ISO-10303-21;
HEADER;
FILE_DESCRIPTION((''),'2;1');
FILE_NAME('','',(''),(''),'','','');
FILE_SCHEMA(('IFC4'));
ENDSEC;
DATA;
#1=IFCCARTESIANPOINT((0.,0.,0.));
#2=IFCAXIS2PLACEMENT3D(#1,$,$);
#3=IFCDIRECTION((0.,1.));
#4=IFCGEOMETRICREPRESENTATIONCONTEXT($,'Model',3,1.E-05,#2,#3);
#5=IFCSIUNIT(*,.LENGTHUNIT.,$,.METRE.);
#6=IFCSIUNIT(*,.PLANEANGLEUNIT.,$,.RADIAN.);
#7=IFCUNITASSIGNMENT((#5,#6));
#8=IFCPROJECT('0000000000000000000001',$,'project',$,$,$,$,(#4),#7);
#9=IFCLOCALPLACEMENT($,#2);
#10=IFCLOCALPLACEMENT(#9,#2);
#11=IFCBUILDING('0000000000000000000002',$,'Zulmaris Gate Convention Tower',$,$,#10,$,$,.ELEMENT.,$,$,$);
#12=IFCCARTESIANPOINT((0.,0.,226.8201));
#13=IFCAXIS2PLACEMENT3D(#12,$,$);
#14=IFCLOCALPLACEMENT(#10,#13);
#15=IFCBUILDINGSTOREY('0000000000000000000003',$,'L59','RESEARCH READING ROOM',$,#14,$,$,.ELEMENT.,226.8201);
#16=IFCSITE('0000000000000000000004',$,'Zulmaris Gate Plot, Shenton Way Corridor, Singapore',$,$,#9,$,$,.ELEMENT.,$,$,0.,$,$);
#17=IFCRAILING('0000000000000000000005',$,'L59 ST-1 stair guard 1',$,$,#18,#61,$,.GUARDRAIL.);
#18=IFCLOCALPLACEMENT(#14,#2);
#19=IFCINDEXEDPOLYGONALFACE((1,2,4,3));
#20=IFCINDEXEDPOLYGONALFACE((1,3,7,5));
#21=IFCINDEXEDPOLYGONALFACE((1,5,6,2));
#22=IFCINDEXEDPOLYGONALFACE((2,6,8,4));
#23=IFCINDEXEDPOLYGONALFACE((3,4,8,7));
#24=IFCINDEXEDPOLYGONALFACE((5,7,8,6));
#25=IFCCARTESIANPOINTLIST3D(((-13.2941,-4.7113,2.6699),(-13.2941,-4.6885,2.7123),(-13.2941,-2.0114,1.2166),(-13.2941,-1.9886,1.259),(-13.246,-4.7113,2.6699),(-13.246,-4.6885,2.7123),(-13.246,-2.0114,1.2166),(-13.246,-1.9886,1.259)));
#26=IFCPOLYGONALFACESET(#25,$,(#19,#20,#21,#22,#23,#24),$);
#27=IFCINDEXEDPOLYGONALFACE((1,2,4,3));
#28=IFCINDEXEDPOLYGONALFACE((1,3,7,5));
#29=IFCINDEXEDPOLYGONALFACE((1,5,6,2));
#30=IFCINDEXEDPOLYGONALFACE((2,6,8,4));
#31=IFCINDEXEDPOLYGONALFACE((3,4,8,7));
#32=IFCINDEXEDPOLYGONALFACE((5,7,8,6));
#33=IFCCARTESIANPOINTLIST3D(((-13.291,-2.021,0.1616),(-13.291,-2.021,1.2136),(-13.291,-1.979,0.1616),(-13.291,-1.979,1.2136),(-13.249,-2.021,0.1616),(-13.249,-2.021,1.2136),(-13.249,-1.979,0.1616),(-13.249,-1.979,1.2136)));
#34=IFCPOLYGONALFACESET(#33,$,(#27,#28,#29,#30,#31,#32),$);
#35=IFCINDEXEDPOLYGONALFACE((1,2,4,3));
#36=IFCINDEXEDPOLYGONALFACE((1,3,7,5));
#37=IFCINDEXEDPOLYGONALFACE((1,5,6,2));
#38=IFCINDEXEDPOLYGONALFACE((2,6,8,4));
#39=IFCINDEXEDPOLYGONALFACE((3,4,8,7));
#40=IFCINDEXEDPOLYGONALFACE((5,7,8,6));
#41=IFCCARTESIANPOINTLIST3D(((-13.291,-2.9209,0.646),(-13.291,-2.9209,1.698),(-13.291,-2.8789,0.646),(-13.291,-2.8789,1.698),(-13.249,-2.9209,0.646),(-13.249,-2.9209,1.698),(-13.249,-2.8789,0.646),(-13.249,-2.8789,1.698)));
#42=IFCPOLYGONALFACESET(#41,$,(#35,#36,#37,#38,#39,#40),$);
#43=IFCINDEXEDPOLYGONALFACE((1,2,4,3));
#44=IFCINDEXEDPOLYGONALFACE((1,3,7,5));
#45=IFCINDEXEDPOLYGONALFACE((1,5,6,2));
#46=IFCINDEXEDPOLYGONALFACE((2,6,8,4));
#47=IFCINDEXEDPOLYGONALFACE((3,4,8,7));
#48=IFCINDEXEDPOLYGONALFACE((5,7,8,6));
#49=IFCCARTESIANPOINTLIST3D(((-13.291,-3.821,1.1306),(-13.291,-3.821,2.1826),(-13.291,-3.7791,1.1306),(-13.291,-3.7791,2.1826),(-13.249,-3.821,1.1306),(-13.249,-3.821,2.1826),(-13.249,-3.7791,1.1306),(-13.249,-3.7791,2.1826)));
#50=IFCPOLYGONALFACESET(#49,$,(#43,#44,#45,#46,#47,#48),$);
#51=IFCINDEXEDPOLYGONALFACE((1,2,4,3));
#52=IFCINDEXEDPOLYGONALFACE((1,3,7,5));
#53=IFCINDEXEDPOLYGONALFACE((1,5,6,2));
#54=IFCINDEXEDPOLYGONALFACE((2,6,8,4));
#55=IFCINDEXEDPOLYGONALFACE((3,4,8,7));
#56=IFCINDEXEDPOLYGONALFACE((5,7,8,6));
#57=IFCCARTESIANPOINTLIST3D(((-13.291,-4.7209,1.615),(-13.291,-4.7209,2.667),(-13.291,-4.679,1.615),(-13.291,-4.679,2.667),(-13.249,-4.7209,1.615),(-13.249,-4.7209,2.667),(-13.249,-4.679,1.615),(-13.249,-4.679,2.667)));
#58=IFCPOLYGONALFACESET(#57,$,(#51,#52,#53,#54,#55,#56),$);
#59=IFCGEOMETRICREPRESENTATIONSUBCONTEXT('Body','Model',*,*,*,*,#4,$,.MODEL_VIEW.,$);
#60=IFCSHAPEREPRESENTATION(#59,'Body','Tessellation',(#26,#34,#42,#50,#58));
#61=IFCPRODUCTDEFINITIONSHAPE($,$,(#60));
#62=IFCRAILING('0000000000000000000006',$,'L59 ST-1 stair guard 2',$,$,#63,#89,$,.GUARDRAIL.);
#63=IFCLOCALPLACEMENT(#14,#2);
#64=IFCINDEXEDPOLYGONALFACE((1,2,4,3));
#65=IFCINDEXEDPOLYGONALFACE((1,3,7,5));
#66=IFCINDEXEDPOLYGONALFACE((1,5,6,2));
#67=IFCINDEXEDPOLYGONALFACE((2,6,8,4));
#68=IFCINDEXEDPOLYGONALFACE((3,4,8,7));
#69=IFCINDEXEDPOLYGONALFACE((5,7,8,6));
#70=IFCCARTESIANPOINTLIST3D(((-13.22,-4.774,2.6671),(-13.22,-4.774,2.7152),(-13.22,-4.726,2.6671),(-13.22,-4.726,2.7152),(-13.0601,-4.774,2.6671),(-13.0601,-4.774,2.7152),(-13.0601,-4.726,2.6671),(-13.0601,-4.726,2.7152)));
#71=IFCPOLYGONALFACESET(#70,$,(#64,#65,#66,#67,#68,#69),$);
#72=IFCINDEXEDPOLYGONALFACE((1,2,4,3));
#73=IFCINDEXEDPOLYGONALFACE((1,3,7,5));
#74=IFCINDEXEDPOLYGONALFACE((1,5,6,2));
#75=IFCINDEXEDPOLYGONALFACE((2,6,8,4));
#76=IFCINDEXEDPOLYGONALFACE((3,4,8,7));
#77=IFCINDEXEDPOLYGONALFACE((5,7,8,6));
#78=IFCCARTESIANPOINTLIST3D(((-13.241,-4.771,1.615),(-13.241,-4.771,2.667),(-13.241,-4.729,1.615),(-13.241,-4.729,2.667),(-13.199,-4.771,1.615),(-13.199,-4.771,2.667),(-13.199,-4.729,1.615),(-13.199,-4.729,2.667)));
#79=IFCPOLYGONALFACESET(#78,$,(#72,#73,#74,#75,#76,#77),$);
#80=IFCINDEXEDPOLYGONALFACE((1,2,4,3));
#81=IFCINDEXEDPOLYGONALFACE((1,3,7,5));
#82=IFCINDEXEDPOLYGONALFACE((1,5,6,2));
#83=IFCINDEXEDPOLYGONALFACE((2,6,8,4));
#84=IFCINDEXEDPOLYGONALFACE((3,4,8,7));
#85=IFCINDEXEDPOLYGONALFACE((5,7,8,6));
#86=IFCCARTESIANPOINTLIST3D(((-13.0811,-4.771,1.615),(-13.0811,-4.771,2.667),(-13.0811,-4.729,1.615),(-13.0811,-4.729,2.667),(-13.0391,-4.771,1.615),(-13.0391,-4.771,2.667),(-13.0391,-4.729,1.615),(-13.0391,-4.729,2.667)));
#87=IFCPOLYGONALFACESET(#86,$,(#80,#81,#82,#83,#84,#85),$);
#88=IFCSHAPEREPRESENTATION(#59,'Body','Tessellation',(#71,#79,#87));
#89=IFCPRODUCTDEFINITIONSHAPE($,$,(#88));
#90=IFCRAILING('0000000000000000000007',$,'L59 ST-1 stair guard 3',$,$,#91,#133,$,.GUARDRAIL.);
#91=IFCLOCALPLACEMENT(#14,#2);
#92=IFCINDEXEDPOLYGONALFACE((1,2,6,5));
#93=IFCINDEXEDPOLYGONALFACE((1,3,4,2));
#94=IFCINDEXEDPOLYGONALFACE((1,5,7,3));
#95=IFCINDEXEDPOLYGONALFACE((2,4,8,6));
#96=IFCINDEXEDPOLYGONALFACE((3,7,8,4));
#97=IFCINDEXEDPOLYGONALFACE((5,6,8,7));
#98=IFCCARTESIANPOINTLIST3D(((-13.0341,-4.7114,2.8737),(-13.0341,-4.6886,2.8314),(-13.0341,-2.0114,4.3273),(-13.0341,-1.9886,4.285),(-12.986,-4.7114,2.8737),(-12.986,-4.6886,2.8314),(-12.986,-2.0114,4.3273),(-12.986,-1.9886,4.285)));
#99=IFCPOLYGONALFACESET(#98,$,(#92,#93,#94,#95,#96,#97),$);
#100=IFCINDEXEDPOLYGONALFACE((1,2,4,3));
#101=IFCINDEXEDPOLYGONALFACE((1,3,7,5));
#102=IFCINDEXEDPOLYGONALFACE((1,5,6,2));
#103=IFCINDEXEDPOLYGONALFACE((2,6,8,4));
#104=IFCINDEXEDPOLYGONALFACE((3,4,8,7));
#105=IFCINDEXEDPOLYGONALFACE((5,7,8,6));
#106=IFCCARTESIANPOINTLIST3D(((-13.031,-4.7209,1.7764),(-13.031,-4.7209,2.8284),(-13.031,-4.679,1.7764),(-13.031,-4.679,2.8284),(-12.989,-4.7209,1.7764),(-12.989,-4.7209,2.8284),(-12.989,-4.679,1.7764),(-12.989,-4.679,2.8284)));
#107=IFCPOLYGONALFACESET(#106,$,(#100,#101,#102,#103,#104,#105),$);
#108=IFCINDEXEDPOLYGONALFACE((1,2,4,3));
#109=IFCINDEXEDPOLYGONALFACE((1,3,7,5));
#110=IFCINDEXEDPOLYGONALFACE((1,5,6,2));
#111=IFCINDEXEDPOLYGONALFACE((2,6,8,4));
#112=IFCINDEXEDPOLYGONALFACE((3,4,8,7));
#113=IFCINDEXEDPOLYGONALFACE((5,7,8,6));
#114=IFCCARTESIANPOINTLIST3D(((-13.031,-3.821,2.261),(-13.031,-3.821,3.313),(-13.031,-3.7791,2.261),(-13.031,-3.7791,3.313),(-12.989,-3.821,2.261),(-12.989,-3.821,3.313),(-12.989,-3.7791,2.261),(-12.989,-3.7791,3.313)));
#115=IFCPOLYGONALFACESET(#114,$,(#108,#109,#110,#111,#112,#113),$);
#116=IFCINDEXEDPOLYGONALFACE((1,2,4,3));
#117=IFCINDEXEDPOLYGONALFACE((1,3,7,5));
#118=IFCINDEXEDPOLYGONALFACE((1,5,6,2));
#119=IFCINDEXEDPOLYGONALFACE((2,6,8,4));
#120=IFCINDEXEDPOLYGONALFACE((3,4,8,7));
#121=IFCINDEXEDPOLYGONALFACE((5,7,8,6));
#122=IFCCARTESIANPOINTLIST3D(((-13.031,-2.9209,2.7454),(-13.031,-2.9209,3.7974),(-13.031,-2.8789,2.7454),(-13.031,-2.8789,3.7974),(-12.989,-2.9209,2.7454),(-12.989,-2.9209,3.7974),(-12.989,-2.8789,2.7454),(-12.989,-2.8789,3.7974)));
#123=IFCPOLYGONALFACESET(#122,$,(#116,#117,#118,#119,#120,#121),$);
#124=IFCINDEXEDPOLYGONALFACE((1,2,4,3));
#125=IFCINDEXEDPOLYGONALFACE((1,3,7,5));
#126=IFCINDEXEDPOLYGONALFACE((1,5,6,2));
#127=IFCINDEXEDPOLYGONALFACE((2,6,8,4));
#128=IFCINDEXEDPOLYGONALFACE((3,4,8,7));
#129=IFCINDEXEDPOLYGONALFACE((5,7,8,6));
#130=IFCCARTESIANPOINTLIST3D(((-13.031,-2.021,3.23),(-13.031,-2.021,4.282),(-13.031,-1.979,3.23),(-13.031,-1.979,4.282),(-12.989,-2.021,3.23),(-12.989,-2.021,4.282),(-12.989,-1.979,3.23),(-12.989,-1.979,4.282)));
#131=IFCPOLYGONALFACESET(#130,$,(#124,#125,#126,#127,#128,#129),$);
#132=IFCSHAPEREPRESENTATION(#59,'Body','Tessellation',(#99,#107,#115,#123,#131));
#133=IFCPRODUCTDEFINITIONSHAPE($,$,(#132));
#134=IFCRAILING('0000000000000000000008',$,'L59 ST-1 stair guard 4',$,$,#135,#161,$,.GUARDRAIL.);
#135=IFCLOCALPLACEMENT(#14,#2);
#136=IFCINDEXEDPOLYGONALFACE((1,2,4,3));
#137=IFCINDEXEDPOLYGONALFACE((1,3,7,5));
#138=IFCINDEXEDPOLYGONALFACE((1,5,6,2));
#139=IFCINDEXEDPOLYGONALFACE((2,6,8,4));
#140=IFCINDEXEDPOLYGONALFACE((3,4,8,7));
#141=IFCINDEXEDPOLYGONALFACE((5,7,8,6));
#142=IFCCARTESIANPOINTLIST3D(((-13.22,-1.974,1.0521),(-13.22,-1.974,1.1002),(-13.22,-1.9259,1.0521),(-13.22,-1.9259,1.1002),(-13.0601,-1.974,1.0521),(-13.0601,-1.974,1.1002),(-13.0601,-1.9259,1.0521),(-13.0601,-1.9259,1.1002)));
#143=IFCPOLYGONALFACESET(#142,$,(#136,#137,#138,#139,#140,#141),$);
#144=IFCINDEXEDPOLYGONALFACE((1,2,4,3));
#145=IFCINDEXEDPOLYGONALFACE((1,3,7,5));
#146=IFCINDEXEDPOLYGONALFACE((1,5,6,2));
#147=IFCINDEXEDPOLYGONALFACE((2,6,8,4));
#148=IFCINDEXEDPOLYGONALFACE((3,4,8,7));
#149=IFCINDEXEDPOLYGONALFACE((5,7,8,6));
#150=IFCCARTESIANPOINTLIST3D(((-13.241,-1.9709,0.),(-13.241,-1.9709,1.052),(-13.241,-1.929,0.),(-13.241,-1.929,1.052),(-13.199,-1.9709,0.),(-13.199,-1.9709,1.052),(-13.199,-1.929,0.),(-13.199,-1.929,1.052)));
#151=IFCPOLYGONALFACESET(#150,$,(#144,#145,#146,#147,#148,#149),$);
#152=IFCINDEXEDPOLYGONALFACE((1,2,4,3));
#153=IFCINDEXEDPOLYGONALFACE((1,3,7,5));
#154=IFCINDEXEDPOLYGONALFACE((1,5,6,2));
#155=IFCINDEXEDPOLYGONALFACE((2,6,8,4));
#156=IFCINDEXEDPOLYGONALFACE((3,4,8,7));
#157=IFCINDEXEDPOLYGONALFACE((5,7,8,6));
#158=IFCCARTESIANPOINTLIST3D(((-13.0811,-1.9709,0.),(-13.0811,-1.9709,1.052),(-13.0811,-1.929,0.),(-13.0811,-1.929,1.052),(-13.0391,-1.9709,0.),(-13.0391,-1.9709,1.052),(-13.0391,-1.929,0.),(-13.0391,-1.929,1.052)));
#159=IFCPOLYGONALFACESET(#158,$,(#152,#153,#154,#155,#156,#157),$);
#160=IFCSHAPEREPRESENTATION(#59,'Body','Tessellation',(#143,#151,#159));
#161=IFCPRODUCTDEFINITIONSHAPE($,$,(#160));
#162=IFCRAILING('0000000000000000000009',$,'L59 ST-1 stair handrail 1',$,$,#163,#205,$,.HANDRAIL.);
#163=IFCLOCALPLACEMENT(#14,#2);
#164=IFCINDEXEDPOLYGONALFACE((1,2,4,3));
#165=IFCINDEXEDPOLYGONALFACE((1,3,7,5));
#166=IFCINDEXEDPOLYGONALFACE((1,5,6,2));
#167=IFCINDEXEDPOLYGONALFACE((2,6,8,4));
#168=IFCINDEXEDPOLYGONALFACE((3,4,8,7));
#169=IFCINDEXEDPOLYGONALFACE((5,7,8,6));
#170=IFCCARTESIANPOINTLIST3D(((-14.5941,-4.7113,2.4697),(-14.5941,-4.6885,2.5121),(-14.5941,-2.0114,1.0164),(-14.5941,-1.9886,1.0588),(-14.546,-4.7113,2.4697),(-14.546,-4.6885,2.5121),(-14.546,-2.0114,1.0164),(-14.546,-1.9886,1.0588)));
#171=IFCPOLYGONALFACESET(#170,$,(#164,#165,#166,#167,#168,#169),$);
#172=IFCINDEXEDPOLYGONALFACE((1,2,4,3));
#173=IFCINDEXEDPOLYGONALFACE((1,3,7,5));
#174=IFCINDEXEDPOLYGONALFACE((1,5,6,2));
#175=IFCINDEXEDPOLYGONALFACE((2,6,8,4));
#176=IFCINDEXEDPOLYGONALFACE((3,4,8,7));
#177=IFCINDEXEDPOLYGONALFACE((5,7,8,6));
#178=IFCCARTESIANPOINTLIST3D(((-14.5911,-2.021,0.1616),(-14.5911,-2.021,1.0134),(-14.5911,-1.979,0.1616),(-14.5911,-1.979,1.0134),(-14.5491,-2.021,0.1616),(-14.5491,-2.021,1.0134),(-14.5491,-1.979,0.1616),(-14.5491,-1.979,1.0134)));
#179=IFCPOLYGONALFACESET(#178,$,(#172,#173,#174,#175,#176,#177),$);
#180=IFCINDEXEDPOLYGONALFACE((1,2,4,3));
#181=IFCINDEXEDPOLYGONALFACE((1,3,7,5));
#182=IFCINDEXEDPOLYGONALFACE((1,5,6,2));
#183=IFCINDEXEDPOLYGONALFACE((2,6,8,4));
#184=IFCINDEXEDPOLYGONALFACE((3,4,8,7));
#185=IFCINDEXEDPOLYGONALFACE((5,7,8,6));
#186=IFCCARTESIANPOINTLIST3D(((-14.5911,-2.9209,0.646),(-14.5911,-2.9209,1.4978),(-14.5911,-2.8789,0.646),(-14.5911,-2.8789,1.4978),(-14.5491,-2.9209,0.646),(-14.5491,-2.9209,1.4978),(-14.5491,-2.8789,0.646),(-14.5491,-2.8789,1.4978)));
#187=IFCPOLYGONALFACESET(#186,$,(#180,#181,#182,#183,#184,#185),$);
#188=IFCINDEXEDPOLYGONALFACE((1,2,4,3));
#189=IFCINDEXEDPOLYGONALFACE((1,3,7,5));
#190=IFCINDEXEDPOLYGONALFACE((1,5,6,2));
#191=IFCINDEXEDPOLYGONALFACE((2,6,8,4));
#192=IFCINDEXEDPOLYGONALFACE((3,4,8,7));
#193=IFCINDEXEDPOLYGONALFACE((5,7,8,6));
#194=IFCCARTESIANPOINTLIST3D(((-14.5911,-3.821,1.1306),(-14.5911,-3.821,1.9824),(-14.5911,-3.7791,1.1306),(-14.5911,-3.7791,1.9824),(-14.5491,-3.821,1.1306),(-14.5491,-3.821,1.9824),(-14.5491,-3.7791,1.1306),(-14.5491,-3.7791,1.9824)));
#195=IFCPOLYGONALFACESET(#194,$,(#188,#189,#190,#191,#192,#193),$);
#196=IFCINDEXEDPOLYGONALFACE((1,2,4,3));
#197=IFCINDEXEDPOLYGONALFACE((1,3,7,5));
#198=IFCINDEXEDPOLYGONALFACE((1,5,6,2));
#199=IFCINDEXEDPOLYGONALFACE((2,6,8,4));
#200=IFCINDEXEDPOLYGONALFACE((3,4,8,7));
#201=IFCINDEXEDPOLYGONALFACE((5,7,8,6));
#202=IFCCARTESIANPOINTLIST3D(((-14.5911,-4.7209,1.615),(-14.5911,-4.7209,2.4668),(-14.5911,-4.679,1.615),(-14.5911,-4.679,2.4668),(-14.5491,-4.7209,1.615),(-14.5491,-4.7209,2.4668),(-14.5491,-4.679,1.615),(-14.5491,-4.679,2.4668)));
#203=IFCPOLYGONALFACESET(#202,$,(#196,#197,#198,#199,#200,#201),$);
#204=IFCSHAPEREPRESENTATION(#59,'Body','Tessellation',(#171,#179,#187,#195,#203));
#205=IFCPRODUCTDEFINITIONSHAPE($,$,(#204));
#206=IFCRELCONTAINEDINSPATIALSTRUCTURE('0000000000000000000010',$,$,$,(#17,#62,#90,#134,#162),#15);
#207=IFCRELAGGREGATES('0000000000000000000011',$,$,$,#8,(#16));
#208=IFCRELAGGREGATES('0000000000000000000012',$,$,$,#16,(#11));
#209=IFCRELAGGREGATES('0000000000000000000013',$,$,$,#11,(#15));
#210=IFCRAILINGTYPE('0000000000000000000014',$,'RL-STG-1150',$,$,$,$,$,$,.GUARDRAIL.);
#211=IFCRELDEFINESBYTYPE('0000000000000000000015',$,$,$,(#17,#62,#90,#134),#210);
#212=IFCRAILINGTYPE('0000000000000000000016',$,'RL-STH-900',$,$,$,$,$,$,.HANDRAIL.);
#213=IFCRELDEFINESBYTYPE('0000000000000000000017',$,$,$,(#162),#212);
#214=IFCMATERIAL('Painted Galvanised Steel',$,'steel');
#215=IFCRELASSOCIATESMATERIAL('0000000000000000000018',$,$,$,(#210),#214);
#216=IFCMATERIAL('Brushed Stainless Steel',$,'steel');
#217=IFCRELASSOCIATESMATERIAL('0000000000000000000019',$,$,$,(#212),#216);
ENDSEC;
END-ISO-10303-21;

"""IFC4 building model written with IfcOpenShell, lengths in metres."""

from ifc_helpers import new_model, si_unit, direction, frame, origin, origin_2d, place, context, subcontext, project, spatial, rectangle, extrude, material, type_object, element, save


model = new_model("IFC4")

# Units and contexts
model_context = context("Model", 3, precision=1e-05, world=origin(), true_north=direction((0.0, 1.0)))
body_context = subcontext(model_context, "Body", "Model", "MODEL_VIEW")
ifc_project = project(units=[si_unit("LENGTHUNIT", "METRE"), si_unit("PLANEANGLEUNIT", "RADIAN")], contexts=[model_context])

# Site, building, storey
site_placement = place(None, origin())
site = spatial("IfcSite", under=ifc_project, at=site_placement, Name="Zulmaris Gate Plot, Shenton Way Corridor, Singapore", CompositionType="ELEMENT", RefElevation=0.0)
building_placement = place(site_placement, origin())
building = spatial("IfcBuilding", under=site, at=building_placement, Name="Zulmaris Gate Convention Tower", CompositionType="ELEMENT")
storey_placement = place(building_placement, frame((0.0, 0.0, 226.8201)))
storey = spatial("IfcBuildingStorey", under=building, at=storey_placement, Name="L59", Description="RESEARCH READING ROOM", CompositionType="ELEMENT", Elevation=226.8201)

# Railings
ifc_material_1 = material(Name="Painted Galvanised Steel", Category="steel")
railing_type_1 = type_object("IfcRailingType", Name="RL-STG-1150", PredefinedType="GUARDRAIL", material=ifc_material_1)
railing_1_placement = place(storey_placement, frame((-13.27, -2.0, 0.1616)))
element("IfcRailing", 1, at=railing_1_placement, inside=storey, type_object=railing_type_1, Name="L59 ST-1 stair guard 1", PredefinedType="GUARDRAIL", context=body_context, shape_type="SweptSolid", body=[
    extrude(rectangle(XDim=0.0481, YDim=0.0481, at=origin_2d()), frame((0.0, 0.0, 1.0762), z_axis=(0.0, -0.880532, 0.473986), x_axis=(1.0, 0.0, 0.0)), (0.0, 0.0, 1.0), 3.0662),
    extrude(rectangle(XDim=0.042, YDim=0.042, at=origin_2d()), origin(), (0.0, 0.0, 1.0), 1.052),
    extrude(rectangle(XDim=0.042, YDim=0.042, at=origin_2d()), frame((0.0, -0.8999, 0.4844)), (0.0, 0.0, 1.0), 1.052),
    extrude(rectangle(XDim=0.042, YDim=0.042, at=origin_2d()), frame((0.0, -1.8, 0.969)), (0.0, 0.0, 1.0), 1.052),
    extrude(rectangle(XDim=0.042, YDim=0.042, at=origin_2d()), frame((0.0, -2.7, 1.4534)), (0.0, 0.0, 1.0), 1.052),
])
railing_2_placement = place(storey_placement, frame((-13.22, -4.75, 1.615)))
element("IfcRailing", 2, at=railing_2_placement, inside=storey, type_object=railing_type_1, Name="L59 ST-1 stair guard 2", PredefinedType="GUARDRAIL", context=body_context, shape_type="SweptSolid", body=[
    extrude(rectangle(XDim=0.0481, YDim=0.0481, at=origin_2d()), frame((0.0, 0.0, 1.0762), z_axis=(1.0, 0.0, 0.0), x_axis=(0.0, 1.0, 0.0)), (0.0, 0.0, 1.0), 0.1599),
    extrude(rectangle(XDim=0.042, YDim=0.042, at=origin_2d()), origin(), (0.0, 0.0, 1.0), 1.052),
    extrude(rectangle(XDim=0.042, YDim=0.042, at=origin_2d()), frame((0.1599, 0.0, 0.0)), (0.0, 0.0, 1.0), 1.052),
])
railing_3_placement = place(storey_placement, frame((-13.01, -4.7, 1.7764)))
element("IfcRailing", 3, at=railing_3_placement, inside=storey, type_object=railing_type_1, Name="L59 ST-1 stair guard 3", PredefinedType="GUARDRAIL", context=body_context, shape_type="SweptSolid", body=[
    extrude(rectangle(XDim=0.0481, YDim=0.0481, at=origin_2d()), frame((0.0, 0.0, 1.0762), z_axis=(0.0, 0.880499, 0.474048), x_axis=(-1.0, 0.0, 0.0)), (0.0, 0.0, 1.0), 3.0664),
    extrude(rectangle(XDim=0.042, YDim=0.042, at=origin_2d()), origin(), (0.0, 0.0, 1.0), 1.052),
    extrude(rectangle(XDim=0.042, YDim=0.042, at=origin_2d()), frame((0.0, 0.8999, 0.4846)), (0.0, 0.0, 1.0), 1.052),
    extrude(rectangle(XDim=0.042, YDim=0.042, at=origin_2d()), frame((0.0, 1.8, 0.969)), (0.0, 0.0, 1.0), 1.052),
    extrude(rectangle(XDim=0.042, YDim=0.042, at=origin_2d()), frame((0.0, 2.7, 1.4536)), (0.0, 0.0, 1.0), 1.052),
])
railing_4_placement = place(storey_placement, frame((-13.22, -1.95, 0.0)))
element("IfcRailing", 4, at=railing_4_placement, inside=storey, type_object=railing_type_1, Name="L59 ST-1 stair guard 4", PredefinedType="GUARDRAIL", context=body_context, shape_type="SweptSolid", body=[
    extrude(rectangle(XDim=0.0481, YDim=0.0481, at=origin_2d()), frame((0.0, 0.0, 1.0762), z_axis=(1.0, 0.0, 0.0), x_axis=(0.0, 1.0, 0.0)), (0.0, 0.0, 1.0), 0.1599),
    extrude(rectangle(XDim=0.042, YDim=0.042, at=origin_2d()), origin(), (0.0, 0.0, 1.0), 1.052),
    extrude(rectangle(XDim=0.042, YDim=0.042, at=origin_2d()), frame((0.1599, 0.0, 0.0)), (0.0, 0.0, 1.0), 1.052),
])
ifc_material_2 = material(Name="Brushed Stainless Steel", Category="steel")
railing_type_2 = type_object("IfcRailingType", Name="RL-STH-900", PredefinedType="HANDRAIL", material=ifc_material_2)
railing_5_placement = place(storey_placement, frame((-14.5701, -2.0, 0.1616)))
element("IfcRailing", 5, at=railing_5_placement, inside=storey, type_object=railing_type_2, Name="L59 ST-1 stair handrail 1", PredefinedType="HANDRAIL", context=body_context, shape_type="SweptSolid", body=[
    extrude(rectangle(XDim=0.0481, YDim=0.0481, at=origin_2d()), frame((0.0, 0.0, 0.876), z_axis=(0.0, -0.880532, 0.473986), x_axis=(1.0, 0.0, 0.0)), (0.0, 0.0, 1.0), 3.0662),
    extrude(rectangle(XDim=0.042, YDim=0.042, at=origin_2d()), origin(), (0.0, 0.0, 1.0), 0.8518),
    extrude(rectangle(XDim=0.042, YDim=0.042, at=origin_2d()), frame((0.0, -0.8999, 0.4844)), (0.0, 0.0, 1.0), 0.8518),
    extrude(rectangle(XDim=0.042, YDim=0.042, at=origin_2d()), frame((0.0, -1.8, 0.969)), (0.0, 0.0, 1.0), 0.8518),
    extrude(rectangle(XDim=0.042, YDim=0.042, at=origin_2d()), frame((0.0, -2.7, 1.4534)), (0.0, 0.0, 1.0), 0.8518),
])

save(model, "model.ifc")
